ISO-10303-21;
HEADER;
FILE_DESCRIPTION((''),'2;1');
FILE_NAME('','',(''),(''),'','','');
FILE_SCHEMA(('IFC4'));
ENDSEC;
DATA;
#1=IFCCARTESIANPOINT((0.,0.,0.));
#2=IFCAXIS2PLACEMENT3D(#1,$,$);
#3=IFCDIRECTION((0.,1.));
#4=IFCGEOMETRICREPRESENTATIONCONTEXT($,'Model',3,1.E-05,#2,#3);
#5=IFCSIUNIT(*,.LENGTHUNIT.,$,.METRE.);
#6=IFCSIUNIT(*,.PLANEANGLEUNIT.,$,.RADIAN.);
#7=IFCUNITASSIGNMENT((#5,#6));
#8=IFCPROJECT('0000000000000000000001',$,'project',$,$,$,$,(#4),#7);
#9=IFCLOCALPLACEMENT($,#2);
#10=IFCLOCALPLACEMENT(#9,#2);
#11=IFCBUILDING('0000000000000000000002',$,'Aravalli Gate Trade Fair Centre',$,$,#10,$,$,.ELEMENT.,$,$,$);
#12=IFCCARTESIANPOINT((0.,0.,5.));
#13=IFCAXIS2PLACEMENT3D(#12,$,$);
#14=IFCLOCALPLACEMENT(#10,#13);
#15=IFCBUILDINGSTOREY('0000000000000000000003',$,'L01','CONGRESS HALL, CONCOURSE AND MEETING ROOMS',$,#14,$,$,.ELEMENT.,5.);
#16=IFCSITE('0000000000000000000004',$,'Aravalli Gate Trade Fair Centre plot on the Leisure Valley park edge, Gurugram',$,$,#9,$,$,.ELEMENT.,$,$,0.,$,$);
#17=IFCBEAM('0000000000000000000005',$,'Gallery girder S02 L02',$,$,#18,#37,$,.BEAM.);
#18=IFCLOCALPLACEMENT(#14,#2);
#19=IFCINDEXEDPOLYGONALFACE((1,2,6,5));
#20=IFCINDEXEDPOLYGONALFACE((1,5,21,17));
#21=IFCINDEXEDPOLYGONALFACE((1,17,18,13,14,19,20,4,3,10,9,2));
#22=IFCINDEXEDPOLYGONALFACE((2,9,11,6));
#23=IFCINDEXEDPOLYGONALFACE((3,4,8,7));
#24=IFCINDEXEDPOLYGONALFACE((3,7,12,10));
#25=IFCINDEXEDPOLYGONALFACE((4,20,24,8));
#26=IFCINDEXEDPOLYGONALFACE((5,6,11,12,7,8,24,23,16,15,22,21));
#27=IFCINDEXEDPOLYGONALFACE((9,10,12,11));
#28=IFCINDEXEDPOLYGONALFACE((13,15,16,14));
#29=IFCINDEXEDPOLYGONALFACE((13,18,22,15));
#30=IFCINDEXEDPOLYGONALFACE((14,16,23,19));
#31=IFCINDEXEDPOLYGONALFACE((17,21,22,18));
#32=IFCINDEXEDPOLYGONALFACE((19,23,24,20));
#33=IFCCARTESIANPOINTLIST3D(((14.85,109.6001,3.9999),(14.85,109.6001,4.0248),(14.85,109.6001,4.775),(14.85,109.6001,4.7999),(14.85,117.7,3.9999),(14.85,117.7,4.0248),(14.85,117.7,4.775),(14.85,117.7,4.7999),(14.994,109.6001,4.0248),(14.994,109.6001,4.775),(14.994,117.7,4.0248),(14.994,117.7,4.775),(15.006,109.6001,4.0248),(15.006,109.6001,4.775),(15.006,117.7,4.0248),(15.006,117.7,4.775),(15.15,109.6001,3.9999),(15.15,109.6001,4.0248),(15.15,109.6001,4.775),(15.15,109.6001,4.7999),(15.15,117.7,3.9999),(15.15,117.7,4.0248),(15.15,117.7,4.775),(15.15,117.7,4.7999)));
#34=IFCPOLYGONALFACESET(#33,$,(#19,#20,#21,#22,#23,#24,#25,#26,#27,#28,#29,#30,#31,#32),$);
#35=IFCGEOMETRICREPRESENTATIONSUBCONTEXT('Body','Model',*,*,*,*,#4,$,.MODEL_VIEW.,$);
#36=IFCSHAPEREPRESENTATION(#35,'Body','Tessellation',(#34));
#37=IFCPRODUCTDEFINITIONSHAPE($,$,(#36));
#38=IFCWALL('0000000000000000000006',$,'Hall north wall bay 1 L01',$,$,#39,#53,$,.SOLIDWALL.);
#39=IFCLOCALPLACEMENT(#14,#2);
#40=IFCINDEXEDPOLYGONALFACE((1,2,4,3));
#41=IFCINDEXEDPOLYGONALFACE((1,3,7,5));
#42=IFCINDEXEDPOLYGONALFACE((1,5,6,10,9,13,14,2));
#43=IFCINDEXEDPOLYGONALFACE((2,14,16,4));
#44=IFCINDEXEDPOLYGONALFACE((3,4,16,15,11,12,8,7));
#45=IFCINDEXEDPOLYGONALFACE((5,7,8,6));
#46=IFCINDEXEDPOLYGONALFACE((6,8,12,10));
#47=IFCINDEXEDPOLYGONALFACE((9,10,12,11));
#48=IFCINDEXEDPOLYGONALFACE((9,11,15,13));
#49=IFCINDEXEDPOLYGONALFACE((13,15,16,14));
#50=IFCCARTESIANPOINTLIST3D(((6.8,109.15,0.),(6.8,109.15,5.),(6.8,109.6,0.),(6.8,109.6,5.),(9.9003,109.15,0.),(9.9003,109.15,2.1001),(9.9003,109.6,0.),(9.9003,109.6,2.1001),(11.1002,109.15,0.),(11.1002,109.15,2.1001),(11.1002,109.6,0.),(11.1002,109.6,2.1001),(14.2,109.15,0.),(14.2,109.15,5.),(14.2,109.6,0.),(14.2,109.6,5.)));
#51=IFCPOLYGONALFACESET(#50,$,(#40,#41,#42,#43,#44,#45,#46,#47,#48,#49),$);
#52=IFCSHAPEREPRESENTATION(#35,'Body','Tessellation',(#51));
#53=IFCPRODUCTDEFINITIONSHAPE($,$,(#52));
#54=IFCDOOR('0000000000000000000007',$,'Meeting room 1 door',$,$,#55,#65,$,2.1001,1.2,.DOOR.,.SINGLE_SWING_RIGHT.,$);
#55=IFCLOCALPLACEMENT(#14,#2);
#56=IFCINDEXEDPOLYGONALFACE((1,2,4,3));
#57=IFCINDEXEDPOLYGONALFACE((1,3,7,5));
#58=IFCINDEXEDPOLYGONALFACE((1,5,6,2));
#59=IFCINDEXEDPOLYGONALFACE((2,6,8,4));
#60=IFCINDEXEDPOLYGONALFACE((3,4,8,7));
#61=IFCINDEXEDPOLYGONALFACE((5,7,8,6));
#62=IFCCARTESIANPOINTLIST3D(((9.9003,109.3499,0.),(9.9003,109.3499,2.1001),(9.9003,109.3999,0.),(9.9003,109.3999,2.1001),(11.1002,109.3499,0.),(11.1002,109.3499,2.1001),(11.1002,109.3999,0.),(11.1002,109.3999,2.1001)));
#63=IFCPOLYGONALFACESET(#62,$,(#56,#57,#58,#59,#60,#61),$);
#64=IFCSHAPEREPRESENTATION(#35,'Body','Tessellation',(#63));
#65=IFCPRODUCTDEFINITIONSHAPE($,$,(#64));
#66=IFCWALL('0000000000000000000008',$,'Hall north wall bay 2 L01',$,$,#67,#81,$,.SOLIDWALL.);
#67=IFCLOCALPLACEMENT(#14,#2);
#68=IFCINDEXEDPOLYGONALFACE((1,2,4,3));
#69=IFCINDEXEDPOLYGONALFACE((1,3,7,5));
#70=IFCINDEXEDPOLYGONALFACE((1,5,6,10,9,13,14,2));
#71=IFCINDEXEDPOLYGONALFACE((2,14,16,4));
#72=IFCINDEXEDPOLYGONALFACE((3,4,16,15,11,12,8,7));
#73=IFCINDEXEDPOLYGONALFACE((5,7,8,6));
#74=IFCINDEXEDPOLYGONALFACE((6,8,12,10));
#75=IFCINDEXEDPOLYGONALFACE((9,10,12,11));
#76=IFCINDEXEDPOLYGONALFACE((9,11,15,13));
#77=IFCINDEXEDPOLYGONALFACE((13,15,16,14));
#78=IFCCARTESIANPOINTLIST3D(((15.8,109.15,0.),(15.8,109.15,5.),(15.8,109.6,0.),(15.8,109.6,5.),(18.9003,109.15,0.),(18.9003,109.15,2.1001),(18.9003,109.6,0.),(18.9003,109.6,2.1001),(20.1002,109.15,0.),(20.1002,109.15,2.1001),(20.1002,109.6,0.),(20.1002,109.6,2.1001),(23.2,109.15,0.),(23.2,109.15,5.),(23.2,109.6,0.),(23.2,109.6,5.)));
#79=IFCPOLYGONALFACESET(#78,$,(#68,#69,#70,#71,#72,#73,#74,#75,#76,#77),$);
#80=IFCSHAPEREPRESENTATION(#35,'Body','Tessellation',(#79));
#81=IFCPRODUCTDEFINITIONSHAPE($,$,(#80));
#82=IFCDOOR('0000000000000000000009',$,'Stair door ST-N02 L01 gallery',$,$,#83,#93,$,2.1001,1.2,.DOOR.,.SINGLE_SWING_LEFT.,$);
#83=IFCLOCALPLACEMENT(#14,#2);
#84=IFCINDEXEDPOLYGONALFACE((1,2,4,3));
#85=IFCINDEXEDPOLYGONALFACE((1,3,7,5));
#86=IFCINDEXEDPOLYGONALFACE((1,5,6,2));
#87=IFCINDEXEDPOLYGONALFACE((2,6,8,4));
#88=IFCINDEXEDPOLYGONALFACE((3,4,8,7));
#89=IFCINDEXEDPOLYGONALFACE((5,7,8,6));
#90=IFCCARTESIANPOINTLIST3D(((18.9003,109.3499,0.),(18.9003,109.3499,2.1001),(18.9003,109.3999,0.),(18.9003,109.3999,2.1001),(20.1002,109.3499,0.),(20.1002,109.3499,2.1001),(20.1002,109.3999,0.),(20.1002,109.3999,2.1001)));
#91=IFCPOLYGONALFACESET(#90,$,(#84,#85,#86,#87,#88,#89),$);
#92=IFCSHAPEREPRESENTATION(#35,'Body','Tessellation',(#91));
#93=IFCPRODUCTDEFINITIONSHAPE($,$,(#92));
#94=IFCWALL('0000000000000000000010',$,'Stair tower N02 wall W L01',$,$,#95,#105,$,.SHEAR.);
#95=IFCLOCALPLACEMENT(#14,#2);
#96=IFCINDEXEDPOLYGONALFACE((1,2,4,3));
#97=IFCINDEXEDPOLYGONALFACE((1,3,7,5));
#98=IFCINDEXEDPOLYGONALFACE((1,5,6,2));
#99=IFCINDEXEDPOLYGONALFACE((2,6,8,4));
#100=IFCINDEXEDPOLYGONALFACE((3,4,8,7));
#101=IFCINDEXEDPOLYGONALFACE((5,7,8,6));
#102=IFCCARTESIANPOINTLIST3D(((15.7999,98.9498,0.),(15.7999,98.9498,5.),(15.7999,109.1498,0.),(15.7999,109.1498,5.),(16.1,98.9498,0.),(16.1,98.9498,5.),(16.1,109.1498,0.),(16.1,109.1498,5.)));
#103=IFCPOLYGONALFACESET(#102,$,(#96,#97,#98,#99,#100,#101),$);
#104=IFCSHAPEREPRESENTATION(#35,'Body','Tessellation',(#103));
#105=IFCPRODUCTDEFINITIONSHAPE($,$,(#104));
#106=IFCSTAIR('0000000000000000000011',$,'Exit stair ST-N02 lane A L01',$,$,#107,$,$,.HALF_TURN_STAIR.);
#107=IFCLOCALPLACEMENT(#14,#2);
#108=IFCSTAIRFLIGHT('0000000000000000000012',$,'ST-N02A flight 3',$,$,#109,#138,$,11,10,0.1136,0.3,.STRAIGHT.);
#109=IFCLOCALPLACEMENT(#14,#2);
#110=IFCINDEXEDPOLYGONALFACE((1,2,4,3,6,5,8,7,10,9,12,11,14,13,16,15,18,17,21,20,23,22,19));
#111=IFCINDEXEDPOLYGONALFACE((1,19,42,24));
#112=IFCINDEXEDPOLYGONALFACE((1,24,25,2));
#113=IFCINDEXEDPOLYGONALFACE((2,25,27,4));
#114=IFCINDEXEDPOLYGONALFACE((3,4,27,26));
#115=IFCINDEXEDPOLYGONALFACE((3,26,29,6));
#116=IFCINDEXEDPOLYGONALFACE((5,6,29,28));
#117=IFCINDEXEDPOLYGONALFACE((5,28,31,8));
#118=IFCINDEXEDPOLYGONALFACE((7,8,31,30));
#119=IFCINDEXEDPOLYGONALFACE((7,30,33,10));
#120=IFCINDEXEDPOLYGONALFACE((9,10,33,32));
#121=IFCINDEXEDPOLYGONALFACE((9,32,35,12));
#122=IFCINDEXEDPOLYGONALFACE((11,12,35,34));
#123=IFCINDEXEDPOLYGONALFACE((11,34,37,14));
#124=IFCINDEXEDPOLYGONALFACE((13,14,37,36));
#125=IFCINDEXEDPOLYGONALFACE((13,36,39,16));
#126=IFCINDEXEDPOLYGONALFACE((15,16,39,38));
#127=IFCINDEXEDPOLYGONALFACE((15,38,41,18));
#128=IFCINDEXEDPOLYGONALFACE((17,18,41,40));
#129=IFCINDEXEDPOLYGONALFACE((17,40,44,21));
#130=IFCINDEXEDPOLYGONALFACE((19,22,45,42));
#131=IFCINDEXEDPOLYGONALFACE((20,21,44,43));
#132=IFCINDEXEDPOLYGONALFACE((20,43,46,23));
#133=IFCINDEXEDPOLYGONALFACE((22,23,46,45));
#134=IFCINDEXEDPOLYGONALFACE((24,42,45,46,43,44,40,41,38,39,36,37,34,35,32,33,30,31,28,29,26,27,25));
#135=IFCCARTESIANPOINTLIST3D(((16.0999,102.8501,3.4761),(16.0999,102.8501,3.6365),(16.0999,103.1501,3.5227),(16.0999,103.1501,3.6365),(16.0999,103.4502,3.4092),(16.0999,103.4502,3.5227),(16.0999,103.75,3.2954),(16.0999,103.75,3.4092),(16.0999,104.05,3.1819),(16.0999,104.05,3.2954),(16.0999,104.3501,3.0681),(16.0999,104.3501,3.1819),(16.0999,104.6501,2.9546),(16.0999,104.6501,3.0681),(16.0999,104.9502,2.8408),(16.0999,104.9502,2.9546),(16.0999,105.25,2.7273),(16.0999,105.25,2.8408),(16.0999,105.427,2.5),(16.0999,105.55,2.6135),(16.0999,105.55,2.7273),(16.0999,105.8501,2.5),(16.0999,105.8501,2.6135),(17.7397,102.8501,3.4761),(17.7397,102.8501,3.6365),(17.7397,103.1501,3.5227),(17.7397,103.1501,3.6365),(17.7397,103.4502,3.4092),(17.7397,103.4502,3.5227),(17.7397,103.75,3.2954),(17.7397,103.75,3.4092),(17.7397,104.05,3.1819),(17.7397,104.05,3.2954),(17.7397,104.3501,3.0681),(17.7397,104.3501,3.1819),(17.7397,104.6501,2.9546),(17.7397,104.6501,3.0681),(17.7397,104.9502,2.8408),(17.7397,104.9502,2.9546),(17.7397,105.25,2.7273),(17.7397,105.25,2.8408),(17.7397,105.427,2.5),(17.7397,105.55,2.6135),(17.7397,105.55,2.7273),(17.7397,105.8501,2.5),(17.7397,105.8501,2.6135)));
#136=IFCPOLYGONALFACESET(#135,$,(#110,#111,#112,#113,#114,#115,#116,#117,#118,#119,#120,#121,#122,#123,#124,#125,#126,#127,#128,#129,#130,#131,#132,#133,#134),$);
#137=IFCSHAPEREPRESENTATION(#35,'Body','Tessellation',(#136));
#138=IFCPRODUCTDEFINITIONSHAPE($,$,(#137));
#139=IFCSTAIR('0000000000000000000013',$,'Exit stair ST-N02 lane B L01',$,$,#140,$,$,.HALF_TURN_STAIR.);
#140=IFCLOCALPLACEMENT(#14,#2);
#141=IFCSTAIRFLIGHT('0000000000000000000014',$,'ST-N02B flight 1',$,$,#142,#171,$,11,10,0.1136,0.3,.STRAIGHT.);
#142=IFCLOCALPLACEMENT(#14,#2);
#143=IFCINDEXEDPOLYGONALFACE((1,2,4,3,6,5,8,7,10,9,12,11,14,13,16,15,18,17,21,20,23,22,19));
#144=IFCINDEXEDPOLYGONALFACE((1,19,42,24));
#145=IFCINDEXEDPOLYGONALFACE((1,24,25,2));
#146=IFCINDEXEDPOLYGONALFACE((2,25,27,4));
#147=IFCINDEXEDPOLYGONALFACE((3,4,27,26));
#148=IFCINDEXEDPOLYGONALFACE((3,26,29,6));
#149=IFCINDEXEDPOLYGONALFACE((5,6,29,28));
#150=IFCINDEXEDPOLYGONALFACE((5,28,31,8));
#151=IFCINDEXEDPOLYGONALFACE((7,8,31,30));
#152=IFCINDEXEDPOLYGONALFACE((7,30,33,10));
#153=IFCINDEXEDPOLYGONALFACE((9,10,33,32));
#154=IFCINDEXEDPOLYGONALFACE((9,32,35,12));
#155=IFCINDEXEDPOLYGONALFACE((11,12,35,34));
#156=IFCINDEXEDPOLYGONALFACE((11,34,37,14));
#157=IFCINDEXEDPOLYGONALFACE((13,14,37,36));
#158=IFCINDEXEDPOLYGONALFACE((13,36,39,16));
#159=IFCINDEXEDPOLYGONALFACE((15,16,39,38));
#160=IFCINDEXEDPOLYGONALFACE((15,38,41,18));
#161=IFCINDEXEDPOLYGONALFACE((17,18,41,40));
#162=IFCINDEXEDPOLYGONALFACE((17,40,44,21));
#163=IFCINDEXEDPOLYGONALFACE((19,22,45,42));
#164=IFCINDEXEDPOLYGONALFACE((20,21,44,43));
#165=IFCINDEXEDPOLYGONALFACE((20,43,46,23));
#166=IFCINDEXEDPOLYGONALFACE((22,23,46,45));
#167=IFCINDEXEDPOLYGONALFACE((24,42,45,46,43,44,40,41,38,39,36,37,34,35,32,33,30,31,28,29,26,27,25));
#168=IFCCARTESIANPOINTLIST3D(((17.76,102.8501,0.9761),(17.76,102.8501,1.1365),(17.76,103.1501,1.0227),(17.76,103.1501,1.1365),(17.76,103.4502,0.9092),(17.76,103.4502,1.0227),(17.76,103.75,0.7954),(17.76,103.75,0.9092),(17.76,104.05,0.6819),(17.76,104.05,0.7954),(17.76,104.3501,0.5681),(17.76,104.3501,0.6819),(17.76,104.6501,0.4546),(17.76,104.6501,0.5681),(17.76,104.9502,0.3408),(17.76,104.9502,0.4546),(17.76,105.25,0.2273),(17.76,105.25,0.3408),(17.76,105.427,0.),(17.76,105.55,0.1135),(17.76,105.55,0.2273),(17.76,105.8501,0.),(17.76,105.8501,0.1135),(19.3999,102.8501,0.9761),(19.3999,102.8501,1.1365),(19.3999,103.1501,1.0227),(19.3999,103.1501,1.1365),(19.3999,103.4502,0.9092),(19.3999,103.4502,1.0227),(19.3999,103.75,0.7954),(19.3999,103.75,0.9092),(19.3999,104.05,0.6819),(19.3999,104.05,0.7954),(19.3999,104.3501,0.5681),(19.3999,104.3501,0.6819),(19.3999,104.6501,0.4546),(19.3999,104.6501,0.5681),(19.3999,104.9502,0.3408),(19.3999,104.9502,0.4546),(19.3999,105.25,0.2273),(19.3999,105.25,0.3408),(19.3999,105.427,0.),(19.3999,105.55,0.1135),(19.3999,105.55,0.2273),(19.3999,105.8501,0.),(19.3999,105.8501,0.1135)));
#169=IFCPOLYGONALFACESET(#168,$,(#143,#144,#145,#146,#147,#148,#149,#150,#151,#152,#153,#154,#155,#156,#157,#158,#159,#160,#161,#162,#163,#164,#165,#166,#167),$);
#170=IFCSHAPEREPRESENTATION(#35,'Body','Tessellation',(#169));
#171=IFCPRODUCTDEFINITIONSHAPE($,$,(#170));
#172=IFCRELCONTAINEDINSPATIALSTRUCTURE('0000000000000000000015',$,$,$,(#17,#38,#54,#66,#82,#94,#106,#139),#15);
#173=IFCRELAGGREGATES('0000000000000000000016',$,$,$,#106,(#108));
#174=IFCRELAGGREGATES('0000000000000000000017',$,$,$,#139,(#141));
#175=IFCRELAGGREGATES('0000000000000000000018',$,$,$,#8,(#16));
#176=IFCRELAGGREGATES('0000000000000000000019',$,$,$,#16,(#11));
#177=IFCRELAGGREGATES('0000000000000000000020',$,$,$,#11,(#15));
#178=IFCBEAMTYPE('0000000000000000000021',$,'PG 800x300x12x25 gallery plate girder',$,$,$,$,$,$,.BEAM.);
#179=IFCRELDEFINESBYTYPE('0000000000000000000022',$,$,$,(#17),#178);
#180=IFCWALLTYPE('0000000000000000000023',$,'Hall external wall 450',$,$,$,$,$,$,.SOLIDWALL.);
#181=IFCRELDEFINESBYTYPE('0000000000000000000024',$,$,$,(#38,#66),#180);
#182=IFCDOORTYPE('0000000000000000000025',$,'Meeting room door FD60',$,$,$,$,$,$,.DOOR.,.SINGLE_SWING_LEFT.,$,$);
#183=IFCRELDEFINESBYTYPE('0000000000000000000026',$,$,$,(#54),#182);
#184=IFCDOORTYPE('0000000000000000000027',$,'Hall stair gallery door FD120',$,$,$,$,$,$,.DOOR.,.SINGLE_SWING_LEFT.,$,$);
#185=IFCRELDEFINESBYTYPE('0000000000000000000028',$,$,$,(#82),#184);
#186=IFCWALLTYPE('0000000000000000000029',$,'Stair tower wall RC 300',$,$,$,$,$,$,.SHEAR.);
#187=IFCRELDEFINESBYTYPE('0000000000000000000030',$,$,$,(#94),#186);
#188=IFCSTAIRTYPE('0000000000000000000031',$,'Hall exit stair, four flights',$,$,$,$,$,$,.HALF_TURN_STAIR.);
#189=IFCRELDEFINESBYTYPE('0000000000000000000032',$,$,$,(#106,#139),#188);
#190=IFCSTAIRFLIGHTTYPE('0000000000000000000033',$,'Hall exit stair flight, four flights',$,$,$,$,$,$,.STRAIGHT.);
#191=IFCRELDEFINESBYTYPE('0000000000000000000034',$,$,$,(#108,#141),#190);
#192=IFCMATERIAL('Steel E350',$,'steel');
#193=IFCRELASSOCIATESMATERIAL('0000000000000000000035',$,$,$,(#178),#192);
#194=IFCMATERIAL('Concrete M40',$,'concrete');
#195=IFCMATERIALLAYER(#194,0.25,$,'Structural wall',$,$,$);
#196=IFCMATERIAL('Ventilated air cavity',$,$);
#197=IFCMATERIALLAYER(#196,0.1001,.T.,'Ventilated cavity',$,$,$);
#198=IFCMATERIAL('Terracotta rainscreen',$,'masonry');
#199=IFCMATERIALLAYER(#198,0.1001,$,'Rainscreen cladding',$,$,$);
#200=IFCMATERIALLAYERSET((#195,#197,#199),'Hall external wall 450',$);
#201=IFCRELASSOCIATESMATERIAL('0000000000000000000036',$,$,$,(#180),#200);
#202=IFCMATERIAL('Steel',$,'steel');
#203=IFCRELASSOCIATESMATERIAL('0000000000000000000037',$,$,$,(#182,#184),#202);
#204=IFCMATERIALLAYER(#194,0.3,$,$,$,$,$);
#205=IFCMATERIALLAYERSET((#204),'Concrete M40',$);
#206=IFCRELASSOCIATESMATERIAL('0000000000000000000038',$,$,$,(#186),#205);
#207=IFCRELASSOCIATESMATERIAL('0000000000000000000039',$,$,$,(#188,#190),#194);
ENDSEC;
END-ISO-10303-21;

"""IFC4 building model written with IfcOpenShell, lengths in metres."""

from ifc_helpers import new_model, si_unit, direction, frame, frame_2d, origin, origin_2d, place, context, subcontext, project, spatial, polyline, rectangle, i_section, outline, extrude, material, layer, layer_set, material_profile, profile_set, type_object, element, fill, aggregate, save


model = new_model("IFC4")

# Units and contexts
model_context = context("Model", 3, precision=1e-05, world=origin(), true_north=direction((0.0, 1.0)))
body_context = subcontext(model_context, "Body", "Model", "MODEL_VIEW")
ifc_project = project(units=[si_unit("LENGTHUNIT", "METRE"), si_unit("PLANEANGLEUNIT", "RADIAN")], contexts=[model_context])

# Site, building, storey
site_placement = place(None, origin())
site = spatial("IfcSite", under=ifc_project, at=site_placement, Name="Aravalli Gate Trade Fair Centre plot on the Leisure Valley park edge, Gurugram", CompositionType="ELEMENT", RefElevation=0.0)
building_placement = place(site_placement, origin())
building = spatial("IfcBuilding", under=site, at=building_placement, Name="Aravalli Gate Trade Fair Centre", CompositionType="ELEMENT")
storey_placement = place(building_placement, frame((0.0, 0.0, 5.0)))
storey = spatial("IfcBuildingStorey", under=building, at=storey_placement, Name="L01", Description="CONGRESS HALL, CONCOURSE AND MEETING ROOMS", CompositionType="ELEMENT", Elevation=5.0)

# Beam
ifc_material_1 = material(Name="Steel E350", Category="steel")
ifc_material_profile_1 = material_profile(ifc_material_1, i_section(OverallWidth=0.3, OverallDepth=0.8, WebThickness=0.012, FlangeThickness=0.0249, at=origin_2d()), Name="PG 800x300x12x25")
ifc_profile_set_1 = profile_set([ifc_material_profile_1], Name="Steel E350")
beam_type_1 = type_object("IfcBeamType", Name="PG 800x300x12x25 gallery plate girder", PredefinedType="BEAM", material=ifc_profile_set_1)
for number, where, z_axis, x_axis, name in (
    (1, (15.0, 109.6001, 4.3999), (0.0, 1.0, 0.0), (-1.0, 0.0, 0.0), "Gallery girder S02 L02"),
):
    element("IfcBeam", number, at=place(storey_placement, frame(where, z_axis=z_axis, x_axis=x_axis)), inside=storey, type_object=beam_type_1, Name=name, PredefinedType="BEAM", context=body_context, shape_type="SweptSolid", body=[
        extrude(i_section(OverallWidth=0.3, OverallDepth=0.8, WebThickness=0.012, FlangeThickness=0.0249, at=origin_2d()), origin(), (0.0, 0.0, 1.0), 8.0999),
    ])

# Walls, openings, doors
ifc_material_2 = material(Name="Concrete M40", Category="concrete")
ifc_layer_1 = layer(ifc_material_2, 0.25, Name="Structural wall")
ifc_material_3 = material(Name="Ventilated air cavity")
ifc_layer_2 = layer(ifc_material_3, 0.1001, ventilated=True, Name="Ventilated cavity")
ifc_material_4 = material(Name="Terracotta rainscreen", Category="masonry")
ifc_layer_3 = layer(ifc_material_4, 0.1001, Name="Rainscreen cladding")
ifc_layer_set_1 = layer_set([ifc_layer_1, ifc_layer_2, ifc_layer_3], Name="Hall external wall 450")
wall_type_1 = type_object("IfcWallType", Name="Hall external wall 450", PredefinedType="SOLIDWALL", material=ifc_layer_set_1)
wall_1_placement = place(storey_placement, frame((6.8, 109.375, 0.0), z_axis=(0.0, 0.0, 1.0), x_axis=(1.0, 0.0, 0.0)))
wall_1 = element("IfcWall", 2, at=wall_1_placement, inside=storey, type_object=wall_type_1, Name="Hall north wall bay 1 L01", PredefinedType="SOLIDWALL", context=body_context, shape_type="SweptSolid", body=[
    extrude(rectangle(XDim=7.3999, YDim=0.45, at=frame_2d((3.7, 0.0))), origin(), (0.0, 0.0, 1.0), 5.0),
])
opening_1_placement = place(wall_1_placement, frame((3.1001, 0.0, 0.0)))
opening_1 = element("IfcOpeningElement", 3, at=opening_1_placement, cuts=wall_1, PredefinedType="OPENING", context=body_context, shape_type="SweptSolid", body=[
    extrude(rectangle(XDim=1.2, YDim=2.1001, at=frame_2d((0.6001, 1.05))), frame((0.0, 0.2349, 0.0), z_axis=(0.0, -1.0, 0.0), x_axis=(1.0, 0.0, 0.0)), (0.0, 0.0, 1.0), 0.47),
])
ifc_material_5 = material(Name="Steel", Category="steel")
door_type_1 = type_object("IfcDoorType", Name="Meeting room door FD60", OperationType="SINGLE_SWING_LEFT", PredefinedType="DOOR", material=ifc_material_5)
door_1_placement = place(opening_1_placement, origin())
door_1 = element("IfcDoor", 4, at=door_1_placement, inside=storey, type_object=door_type_1, Name="Meeting room 1 door", OperationType="SINGLE_SWING_RIGHT", OverallHeight=2.1001, OverallWidth=1.2, PredefinedType="DOOR", context=body_context, shape_type="SweptSolid", body=[
    extrude(rectangle(XDim=1.2, YDim=2.1001, at=frame_2d((0.6001, 1.05))), frame((0.0, 0.0249, 0.0), z_axis=(0.0, -1.0, 0.0), x_axis=(1.0, 0.0, 0.0)), (0.0, 0.0, 1.0), 0.05),
])
fill(opening_1, door_1)
wall_2_placement = place(storey_placement, frame((15.8, 109.375, 0.0), z_axis=(0.0, 0.0, 1.0), x_axis=(1.0, 0.0, 0.0)))
wall_2 = element("IfcWall", 5, at=wall_2_placement, inside=storey, type_object=wall_type_1, Name="Hall north wall bay 2 L01", PredefinedType="SOLIDWALL", context=body_context, shape_type="SweptSolid", body=[
    extrude(rectangle(XDim=7.3999, YDim=0.45, at=frame_2d((3.7, 0.0))), origin(), (0.0, 0.0, 1.0), 5.0),
])
opening_2_placement = place(wall_2_placement, frame((3.1001, 0.0, 0.0)))
opening_2 = element("IfcOpeningElement", 6, at=opening_2_placement, cuts=wall_2, PredefinedType="OPENING", context=body_context, shape_type="SweptSolid", body=[
    extrude(rectangle(XDim=1.2, YDim=2.1001, at=frame_2d((0.6001, 1.05))), frame((0.0, 0.2349, 0.0), z_axis=(0.0, -1.0, 0.0), x_axis=(1.0, 0.0, 0.0)), (0.0, 0.0, 1.0), 0.47),
])
door_type_2 = type_object("IfcDoorType", Name="Hall stair gallery door FD120", OperationType="SINGLE_SWING_LEFT", PredefinedType="DOOR", material=ifc_material_5)
door_2_placement = place(opening_2_placement, origin())
door_2 = element("IfcDoor", 7, at=door_2_placement, inside=storey, type_object=door_type_2, Name="Stair door ST-N02 L01 gallery", OperationType="SINGLE_SWING_LEFT", OverallHeight=2.1001, OverallWidth=1.2, PredefinedType="DOOR", context=body_context, shape_type="SweptSolid", body=[
    extrude(rectangle(XDim=1.2, YDim=2.1001, at=frame_2d((0.6001, 1.05))), frame((0.0, 0.0249, 0.0), z_axis=(0.0, -1.0, 0.0), x_axis=(1.0, 0.0, 0.0)), (0.0, 0.0, 1.0), 0.05),
])
fill(opening_2, door_2)

# Wall
ifc_layer_4 = layer(ifc_material_2, 0.3)
ifc_layer_set_2 = layer_set([ifc_layer_4], Name="Concrete M40")
wall_type_2 = type_object("IfcWallType", Name="Stair tower wall RC 300", PredefinedType="SHEAR", material=ifc_layer_set_2)
wall_3_placement = place(storey_placement, frame((15.95, 109.1499, 0.0), z_axis=(0.0, 0.0, 1.0), x_axis=(0.0, -1.0, 0.0)))
element("IfcWall", 8, at=wall_3_placement, inside=storey, type_object=wall_type_2, Name="Stair tower N02 wall W L01", PredefinedType="SHEAR", context=body_context, shape_type="SweptSolid", body=[
    extrude(rectangle(XDim=10.2, YDim=0.3, at=frame_2d((5.1001, 0.0))), origin(), (0.0, 0.0, 1.0), 5.0),
])

# Stair, stair flight
stair_type = type_object("IfcStairType", Name="Hall exit stair, four flights", PredefinedType="HALF_TURN_STAIR", material=ifc_material_2)
stair_1_placement = place(storey_placement, origin())
stair_1 = element("IfcStair", 9, at=stair_1_placement, inside=storey, type_object=stair_type, Name="Exit stair ST-N02 lane A L01", PredefinedType="HALF_TURN_STAIR")
stair_flight_type = type_object("IfcStairFlightType", Name="Hall exit stair flight, four flights", PredefinedType="STRAIGHT", material=ifc_material_2)
stair_flight_1_placement = place(storey_placement, frame((16.9199, 105.8501, 2.5), z_axis=(0.0, 0.0, 1.0), x_axis=(0.0, -1.0, 0.0)))
stair_flight_1 = element("IfcStairFlight", 10, at=stair_flight_1_placement, type_object=stair_flight_type, Name="ST-N02A flight 3", NumberOfRisers=11, NumberOfTreads=10, PredefinedType="STRAIGHT", RiserHeight=0.1136, TreadLength=0.3, context=body_context, shape_type="SweptSolid", body=[
    extrude(outline(polyline([(0.0, 0.0), (0.0, 0.1135), (0.3, 0.1135), (0.3, 0.2273), (0.6001, 0.2273), (0.6001, 0.3408), (0.8999, 0.3408), (0.8999, 0.4546), (1.2, 0.4546), (1.2, 0.5681), (1.5, 0.5681), (1.5, 0.6819), (1.8, 0.6819), (1.8, 0.7954), (2.1001, 0.7954), (2.1001, 0.9092), (2.3999, 0.9092), (2.3999, 1.0227), (2.7, 1.0227), (2.7, 1.1365), (3.0, 1.1365), (3.0, 1.25), (3.0, 0.9761), (0.4231, 0.0), (0.0, 0.0)])), frame((0.0, 0.8198, 0.0), z_axis=(0.0, -1.0, 0.0), x_axis=(1.0, 0.0, 0.0)), (0.0, 0.0, 1.0), 1.6399),
])
aggregate(stair_1, [stair_flight_1])

# Stair, stair flight
stair_2_placement = place(storey_placement, origin())
stair_2 = element("IfcStair", 11, at=stair_2_placement, inside=storey, type_object=stair_type, Name="Exit stair ST-N02 lane B L01", PredefinedType="HALF_TURN_STAIR")
stair_flight_2_placement = place(storey_placement, frame((18.5801, 105.8501, 0.0), z_axis=(0.0, 0.0, 1.0), x_axis=(0.0, -1.0, 0.0)))
stair_flight_2 = element("IfcStairFlight", 12, at=stair_flight_2_placement, type_object=stair_flight_type, Name="ST-N02B flight 1", NumberOfRisers=11, NumberOfTreads=10, PredefinedType="STRAIGHT", RiserHeight=0.1136, TreadLength=0.3, context=body_context, shape_type="SweptSolid", body=[
    extrude(outline(polyline([(0.0, 0.0), (0.0, 0.1135), (0.3, 0.1135), (0.3, 0.2273), (0.6001, 0.2273), (0.6001, 0.3408), (0.8999, 0.3408), (0.8999, 0.4546), (1.2, 0.4546), (1.2, 0.5681), (1.5, 0.5681), (1.5, 0.6819), (1.8, 0.6819), (1.8, 0.7954), (2.1001, 0.7954), (2.1001, 0.9092), (2.3999, 0.9092), (2.3999, 1.0227), (2.7, 1.0227), (2.7, 1.1365), (3.0, 1.1365), (3.0, 1.25), (3.0, 0.9761), (0.4231, 0.0), (0.0, 0.0)])), frame((0.0, 0.8198, 0.0), z_axis=(0.0, -1.0, 0.0), x_axis=(1.0, 0.0, 0.0)), (0.0, 0.0, 1.0), 1.6399),
])
aggregate(stair_2, [stair_flight_2])

save(model, "model.ifc")
